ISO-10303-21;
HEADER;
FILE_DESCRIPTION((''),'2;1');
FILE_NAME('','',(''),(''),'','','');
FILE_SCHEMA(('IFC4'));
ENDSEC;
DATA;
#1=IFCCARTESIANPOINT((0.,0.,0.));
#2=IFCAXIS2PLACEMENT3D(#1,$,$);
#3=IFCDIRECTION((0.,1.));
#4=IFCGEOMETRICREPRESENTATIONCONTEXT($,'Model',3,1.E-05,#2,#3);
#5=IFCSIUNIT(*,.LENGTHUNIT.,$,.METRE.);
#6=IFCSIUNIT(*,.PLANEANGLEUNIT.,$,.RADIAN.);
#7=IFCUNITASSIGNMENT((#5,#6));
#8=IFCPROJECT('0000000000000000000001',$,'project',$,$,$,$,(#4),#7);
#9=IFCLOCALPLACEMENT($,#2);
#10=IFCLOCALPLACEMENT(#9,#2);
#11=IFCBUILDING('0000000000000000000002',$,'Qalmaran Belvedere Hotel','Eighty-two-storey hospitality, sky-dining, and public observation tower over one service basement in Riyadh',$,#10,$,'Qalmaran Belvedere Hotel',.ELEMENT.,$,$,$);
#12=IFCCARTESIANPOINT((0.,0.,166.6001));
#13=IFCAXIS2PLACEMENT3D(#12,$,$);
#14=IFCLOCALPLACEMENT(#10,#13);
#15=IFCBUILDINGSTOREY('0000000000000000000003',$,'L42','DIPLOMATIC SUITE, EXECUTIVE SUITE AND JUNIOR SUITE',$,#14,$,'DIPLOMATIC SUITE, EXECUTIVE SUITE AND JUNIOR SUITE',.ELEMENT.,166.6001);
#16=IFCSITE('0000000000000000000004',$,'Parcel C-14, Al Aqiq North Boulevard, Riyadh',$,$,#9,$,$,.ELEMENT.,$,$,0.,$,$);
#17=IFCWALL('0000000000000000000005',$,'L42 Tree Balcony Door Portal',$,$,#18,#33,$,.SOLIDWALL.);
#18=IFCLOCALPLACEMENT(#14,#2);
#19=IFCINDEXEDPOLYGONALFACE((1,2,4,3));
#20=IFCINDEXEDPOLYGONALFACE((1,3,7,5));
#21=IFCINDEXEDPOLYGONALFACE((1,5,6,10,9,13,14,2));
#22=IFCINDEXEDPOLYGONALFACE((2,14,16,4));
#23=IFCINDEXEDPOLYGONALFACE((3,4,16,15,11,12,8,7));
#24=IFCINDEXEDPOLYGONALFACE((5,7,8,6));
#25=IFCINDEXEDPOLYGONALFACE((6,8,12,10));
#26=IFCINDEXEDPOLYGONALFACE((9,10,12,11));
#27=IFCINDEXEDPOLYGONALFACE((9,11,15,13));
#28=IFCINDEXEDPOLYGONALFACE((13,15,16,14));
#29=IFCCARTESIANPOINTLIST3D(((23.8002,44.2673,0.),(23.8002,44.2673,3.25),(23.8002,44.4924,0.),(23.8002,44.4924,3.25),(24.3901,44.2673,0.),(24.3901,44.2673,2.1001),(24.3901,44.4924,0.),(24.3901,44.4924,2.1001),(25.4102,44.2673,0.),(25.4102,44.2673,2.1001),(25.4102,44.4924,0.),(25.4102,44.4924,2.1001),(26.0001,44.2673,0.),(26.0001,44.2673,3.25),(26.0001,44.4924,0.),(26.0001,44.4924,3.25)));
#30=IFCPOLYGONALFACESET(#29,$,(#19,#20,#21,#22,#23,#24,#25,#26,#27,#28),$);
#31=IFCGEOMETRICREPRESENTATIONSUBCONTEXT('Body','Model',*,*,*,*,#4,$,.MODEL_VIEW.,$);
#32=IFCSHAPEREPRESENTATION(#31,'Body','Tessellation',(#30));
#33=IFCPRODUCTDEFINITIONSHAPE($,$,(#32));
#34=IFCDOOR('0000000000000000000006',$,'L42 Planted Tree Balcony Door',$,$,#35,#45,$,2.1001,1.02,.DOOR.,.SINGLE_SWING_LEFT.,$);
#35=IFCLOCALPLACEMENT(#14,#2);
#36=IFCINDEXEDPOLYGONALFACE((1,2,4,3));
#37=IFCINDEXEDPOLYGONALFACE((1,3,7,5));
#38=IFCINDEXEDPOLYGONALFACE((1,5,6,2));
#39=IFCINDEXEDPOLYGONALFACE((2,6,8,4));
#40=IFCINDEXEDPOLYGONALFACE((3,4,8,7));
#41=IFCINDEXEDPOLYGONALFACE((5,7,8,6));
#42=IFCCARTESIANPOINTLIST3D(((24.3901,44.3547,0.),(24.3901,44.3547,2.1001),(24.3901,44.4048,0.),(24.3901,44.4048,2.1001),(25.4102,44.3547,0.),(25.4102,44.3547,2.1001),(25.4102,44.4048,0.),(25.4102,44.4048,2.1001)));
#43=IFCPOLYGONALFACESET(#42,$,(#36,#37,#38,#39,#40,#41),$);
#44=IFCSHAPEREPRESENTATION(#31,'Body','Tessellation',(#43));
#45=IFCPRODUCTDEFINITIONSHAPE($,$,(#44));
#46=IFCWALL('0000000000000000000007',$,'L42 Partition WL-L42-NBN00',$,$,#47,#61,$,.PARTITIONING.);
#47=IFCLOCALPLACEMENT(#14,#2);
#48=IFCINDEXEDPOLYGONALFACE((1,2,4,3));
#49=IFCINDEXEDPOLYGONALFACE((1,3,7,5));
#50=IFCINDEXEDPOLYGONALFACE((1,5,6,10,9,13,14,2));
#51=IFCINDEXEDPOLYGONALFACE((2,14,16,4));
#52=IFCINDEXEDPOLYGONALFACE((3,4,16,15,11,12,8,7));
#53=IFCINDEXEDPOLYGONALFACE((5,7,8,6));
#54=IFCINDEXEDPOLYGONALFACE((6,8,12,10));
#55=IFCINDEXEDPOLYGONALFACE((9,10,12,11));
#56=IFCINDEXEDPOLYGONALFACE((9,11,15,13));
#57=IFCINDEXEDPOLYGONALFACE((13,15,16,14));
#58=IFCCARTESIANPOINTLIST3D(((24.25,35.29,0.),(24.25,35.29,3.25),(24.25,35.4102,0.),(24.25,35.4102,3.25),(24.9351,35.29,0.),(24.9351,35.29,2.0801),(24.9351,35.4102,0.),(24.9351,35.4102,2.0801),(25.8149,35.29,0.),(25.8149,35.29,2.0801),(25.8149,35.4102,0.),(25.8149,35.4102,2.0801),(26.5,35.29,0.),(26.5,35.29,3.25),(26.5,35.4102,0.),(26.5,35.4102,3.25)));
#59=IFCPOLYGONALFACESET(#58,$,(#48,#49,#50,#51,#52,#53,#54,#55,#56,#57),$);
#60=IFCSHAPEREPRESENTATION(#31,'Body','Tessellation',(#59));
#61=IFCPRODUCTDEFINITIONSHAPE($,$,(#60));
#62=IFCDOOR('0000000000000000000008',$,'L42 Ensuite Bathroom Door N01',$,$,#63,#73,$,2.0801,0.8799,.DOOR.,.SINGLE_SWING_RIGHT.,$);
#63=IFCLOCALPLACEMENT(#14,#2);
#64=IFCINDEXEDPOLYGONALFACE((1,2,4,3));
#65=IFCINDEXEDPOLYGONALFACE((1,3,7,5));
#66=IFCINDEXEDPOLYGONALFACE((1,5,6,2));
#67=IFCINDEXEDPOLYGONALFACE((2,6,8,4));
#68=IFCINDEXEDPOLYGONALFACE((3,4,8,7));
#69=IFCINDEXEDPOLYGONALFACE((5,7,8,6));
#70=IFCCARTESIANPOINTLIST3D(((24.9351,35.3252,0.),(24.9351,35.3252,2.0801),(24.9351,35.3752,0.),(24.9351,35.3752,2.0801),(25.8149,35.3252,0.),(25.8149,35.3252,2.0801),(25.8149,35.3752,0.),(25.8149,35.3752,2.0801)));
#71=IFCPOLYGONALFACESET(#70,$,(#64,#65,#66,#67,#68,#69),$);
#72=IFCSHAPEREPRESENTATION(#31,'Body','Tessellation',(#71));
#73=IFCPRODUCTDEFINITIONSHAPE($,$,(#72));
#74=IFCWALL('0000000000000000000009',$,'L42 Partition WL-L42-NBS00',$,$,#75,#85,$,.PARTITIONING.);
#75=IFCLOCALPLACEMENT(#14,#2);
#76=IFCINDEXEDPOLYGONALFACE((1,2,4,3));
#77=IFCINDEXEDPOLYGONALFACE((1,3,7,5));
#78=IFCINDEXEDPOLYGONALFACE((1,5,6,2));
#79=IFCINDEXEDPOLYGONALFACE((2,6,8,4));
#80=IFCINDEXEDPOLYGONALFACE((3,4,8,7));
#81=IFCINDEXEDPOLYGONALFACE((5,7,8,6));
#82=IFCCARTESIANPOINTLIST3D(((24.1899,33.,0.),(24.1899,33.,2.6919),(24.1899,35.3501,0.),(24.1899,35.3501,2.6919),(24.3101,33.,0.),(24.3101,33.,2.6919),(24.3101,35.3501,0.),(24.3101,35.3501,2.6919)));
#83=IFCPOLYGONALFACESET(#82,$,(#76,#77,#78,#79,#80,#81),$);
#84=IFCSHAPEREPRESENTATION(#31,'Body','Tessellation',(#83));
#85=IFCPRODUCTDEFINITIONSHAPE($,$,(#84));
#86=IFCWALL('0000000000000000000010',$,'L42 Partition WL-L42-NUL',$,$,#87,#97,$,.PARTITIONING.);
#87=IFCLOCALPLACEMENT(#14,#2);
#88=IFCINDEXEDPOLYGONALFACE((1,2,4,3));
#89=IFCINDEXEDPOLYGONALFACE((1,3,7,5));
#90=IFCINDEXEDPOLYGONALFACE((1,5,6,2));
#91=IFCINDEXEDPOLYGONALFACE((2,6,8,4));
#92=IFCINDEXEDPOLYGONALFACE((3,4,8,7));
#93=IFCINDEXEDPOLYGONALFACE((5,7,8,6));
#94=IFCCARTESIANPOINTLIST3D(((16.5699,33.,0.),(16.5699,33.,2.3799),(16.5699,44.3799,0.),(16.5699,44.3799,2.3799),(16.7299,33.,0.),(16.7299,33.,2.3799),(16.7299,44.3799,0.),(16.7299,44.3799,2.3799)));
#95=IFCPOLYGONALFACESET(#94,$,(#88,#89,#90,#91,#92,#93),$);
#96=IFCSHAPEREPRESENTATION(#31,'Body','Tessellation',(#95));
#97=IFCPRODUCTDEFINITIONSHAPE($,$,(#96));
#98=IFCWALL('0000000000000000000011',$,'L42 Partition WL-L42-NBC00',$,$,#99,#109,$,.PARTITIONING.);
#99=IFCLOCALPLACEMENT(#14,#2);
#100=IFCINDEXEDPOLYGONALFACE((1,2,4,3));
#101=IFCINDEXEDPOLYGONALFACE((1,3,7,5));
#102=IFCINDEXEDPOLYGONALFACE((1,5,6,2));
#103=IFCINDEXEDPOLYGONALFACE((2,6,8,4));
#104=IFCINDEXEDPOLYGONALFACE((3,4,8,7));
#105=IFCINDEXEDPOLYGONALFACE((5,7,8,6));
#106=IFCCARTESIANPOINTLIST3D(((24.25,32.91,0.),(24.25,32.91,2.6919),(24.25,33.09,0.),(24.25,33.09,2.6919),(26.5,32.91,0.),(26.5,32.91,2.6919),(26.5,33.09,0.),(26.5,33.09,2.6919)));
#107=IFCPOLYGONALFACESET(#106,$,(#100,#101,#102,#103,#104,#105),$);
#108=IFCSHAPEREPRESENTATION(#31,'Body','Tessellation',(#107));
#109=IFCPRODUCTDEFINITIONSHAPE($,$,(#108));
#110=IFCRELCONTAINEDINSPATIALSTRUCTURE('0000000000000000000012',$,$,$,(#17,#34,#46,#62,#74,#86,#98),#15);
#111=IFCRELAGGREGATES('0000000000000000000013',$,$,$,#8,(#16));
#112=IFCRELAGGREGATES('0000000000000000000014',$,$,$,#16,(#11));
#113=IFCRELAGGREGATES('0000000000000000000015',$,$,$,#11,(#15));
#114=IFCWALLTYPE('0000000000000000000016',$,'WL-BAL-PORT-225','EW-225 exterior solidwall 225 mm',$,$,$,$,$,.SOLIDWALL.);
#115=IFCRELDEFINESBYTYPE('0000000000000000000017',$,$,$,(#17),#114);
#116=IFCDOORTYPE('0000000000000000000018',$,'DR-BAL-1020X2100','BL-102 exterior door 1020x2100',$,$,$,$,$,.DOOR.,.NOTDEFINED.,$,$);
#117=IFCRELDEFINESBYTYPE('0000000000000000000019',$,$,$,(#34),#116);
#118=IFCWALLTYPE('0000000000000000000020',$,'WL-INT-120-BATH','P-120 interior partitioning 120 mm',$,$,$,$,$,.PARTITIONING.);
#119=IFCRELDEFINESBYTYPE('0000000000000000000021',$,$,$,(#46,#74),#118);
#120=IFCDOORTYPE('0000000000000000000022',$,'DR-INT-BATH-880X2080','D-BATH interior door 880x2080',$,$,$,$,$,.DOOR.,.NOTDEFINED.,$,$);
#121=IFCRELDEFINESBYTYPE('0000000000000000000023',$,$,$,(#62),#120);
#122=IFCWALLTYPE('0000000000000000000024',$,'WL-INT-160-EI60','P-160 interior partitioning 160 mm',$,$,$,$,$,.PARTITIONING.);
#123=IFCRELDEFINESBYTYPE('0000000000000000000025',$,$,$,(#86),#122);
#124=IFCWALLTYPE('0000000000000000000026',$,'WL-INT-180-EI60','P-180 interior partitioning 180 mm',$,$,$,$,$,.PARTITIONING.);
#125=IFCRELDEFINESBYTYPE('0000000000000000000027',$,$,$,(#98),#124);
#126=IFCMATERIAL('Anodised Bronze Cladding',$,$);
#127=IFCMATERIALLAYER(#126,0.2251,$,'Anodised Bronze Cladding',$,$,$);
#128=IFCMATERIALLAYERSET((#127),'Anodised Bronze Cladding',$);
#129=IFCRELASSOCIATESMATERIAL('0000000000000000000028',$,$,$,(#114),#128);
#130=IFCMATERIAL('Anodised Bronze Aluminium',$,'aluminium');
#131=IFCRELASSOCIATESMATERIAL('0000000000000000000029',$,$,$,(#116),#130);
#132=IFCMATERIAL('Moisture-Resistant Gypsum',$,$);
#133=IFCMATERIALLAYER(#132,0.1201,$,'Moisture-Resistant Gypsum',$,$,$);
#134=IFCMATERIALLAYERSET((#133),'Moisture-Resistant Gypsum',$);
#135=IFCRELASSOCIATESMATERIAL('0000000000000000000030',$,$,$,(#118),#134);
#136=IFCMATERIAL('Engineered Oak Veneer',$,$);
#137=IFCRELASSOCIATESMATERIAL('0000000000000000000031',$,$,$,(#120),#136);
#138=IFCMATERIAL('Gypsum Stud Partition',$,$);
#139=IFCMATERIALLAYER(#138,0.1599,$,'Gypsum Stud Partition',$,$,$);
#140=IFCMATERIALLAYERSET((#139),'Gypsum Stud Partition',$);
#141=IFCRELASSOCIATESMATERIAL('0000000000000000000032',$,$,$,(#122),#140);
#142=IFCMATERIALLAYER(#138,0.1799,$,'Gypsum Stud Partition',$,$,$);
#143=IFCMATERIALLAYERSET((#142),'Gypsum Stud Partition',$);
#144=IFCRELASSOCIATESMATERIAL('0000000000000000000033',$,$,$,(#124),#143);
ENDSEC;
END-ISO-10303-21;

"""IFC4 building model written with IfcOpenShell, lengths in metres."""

from ifc_helpers import new_model, si_unit, direction, frame, frame_2d, origin, place, context, subcontext, project, spatial, rectangle, extrude, material, layer, layer_set, type_object, element, fill, save


model = new_model("IFC4")

# Units and contexts
model_context = context("Model", 3, precision=1e-05, world=origin(), true_north=direction((0.0, 1.0)))
body_context = subcontext(model_context, "Body", "Model", "MODEL_VIEW")
ifc_project = project(units=[si_unit("LENGTHUNIT", "METRE"), si_unit("PLANEANGLEUNIT", "RADIAN")], contexts=[model_context])

# Site, building, storey
site_placement = place(None, origin())
site = spatial("IfcSite", under=ifc_project, at=site_placement, Name="Parcel C-14, Al Aqiq North Boulevard, Riyadh", CompositionType="ELEMENT", RefElevation=0.0)
building_placement = place(site_placement, origin())
building = spatial("IfcBuilding", under=site, at=building_placement, Name="Qalmaran Belvedere Hotel", Description="Eighty-two-storey hospitality, sky-dining, and public observation tower over one service basement in Riyadh", LongName="Qalmaran Belvedere Hotel", CompositionType="ELEMENT")
storey_placement = place(building_placement, frame((0.0, 0.0, 166.6001)))
storey = spatial("IfcBuildingStorey", under=building, at=storey_placement, Name="L42", Description="DIPLOMATIC SUITE, EXECUTIVE SUITE AND JUNIOR SUITE", LongName="DIPLOMATIC SUITE, EXECUTIVE SUITE AND JUNIOR SUITE", CompositionType="ELEMENT", Elevation=166.6001)

# Shared definitions
ifc_material_1 = material(Name="Anodised Bronze Aluminium", Category="aluminium")

# Walls, openings, doors
ifc_material_2 = material(Name="Anodised Bronze Cladding")
ifc_layer_1 = layer(ifc_material_2, 0.2251, Name="Anodised Bronze Cladding")
ifc_layer_set_1 = layer_set([ifc_layer_1], Name="Anodised Bronze Cladding")
wall_type_1 = type_object("IfcWallType", Name="WL-BAL-PORT-225", Description="EW-225 exterior solidwall 225 mm", PredefinedType="SOLIDWALL", material=ifc_layer_set_1)
wall_1_placement = place(storey_placement, frame((23.8, 44.3799, 0.0), z_axis=(0.0, 0.0, 1.0), x_axis=(1.0, 0.0, 0.0)))
wall_1 = element("IfcWall", 1, at=wall_1_placement, inside=storey, type_object=wall_type_1, Name="L42 Tree Balcony Door Portal", PredefinedType="SOLIDWALL", context=body_context, shape_type="SweptSolid", body=[
    extrude(rectangle(XDim=2.2, YDim=0.2251, at=frame_2d((1.1001, 0.0))), origin(), (0.0, 0.0, 1.0), 3.25),
])
opening_1_placement = place(wall_1_placement, frame((0.5901, 0.0, 0.0)))
opening_1 = element("IfcOpeningElement", 2, at=opening_1_placement, cuts=wall_1, PredefinedType="OPENING", context=body_context, shape_type="SweptSolid", body=[
    extrude(rectangle(XDim=1.02, YDim=2.1001, at=frame_2d((0.51, 1.05))), frame((0.0, 0.1226, 0.0), z_axis=(0.0, -1.0, 0.0), x_axis=(1.0, 0.0, 0.0)), (0.0, 0.0, 1.0), 0.2451),
])
door_type_1 = type_object("IfcDoorType", Name="DR-BAL-1020X2100", Description="BL-102 exterior door 1020x2100", OperationType="NOTDEFINED", PredefinedType="DOOR", material=ifc_material_1)
door_1_placement = place(opening_1_placement, origin())
door_1 = element("IfcDoor", 3, at=door_1_placement, inside=storey, type_object=door_type_1, Name="L42 Planted Tree Balcony Door", OperationType="SINGLE_SWING_LEFT", OverallHeight=2.1001, OverallWidth=1.02, PredefinedType="DOOR", context=body_context, shape_type="SweptSolid", body=[
    extrude(rectangle(XDim=1.02, YDim=2.1001, at=frame_2d((0.51, 1.05))), frame((0.0, 0.0249, 0.0), z_axis=(0.0, -1.0, 0.0), x_axis=(1.0, 0.0, 0.0)), (0.0, 0.0, 1.0), 0.05),
])
fill(opening_1, door_1)
ifc_material_3 = material(Name="Moisture-Resistant Gypsum")
ifc_layer_2 = layer(ifc_material_3, 0.1201, Name="Moisture-Resistant Gypsum")
ifc_layer_set_2 = layer_set([ifc_layer_2], Name="Moisture-Resistant Gypsum")
wall_type_2 = type_object("IfcWallType", Name="WL-INT-120-BATH", Description="P-120 interior partitioning 120 mm", PredefinedType="PARTITIONING", material=ifc_layer_set_2)
wall_2_placement = place(storey_placement, frame((24.25, 35.3501, 0.0), z_axis=(0.0, 0.0, 1.0), x_axis=(1.0, 0.0, 0.0)))
wall_2 = element("IfcWall", 4, at=wall_2_placement, inside=storey, type_object=wall_type_2, Name="L42 Partition WL-L42-NBN00", PredefinedType="PARTITIONING", context=body_context, shape_type="SweptSolid", body=[
    extrude(rectangle(XDim=2.25, YDim=0.1201, at=frame_2d((1.125, 0.0))), origin(), (0.0, 0.0, 1.0), 3.25),
])
opening_2_placement = place(wall_2_placement, frame((1.5649, 0.0, 0.0), z_axis=(0.0, 0.0, 1.0), x_axis=(-1.0, 0.0, 0.0)))
opening_2 = element("IfcOpeningElement", 5, at=opening_2_placement, cuts=wall_2, PredefinedType="OPENING", context=body_context, shape_type="SweptSolid", body=[
    extrude(rectangle(XDim=0.8799, YDim=2.0801, at=frame_2d((0.4399, 1.04))), frame((0.0, 0.0701, 0.0), z_axis=(0.0, -1.0, 0.0), x_axis=(1.0, 0.0, 0.0)), (0.0, 0.0, 1.0), 0.1401),
])
ifc_material_4 = material(Name="Engineered Oak Veneer")
door_type_2 = type_object("IfcDoorType", Name="DR-INT-BATH-880X2080", Description="D-BATH interior door 880x2080", OperationType="NOTDEFINED", PredefinedType="DOOR", material=ifc_material_4)
door_2_placement = place(opening_2_placement, origin())
door_2 = element("IfcDoor", 6, at=door_2_placement, inside=storey, type_object=door_type_2, Name="L42 Ensuite Bathroom Door N01", OperationType="SINGLE_SWING_RIGHT", OverallHeight=2.0801, OverallWidth=0.8799, PredefinedType="DOOR", context=body_context, shape_type="SweptSolid", body=[
    extrude(rectangle(XDim=0.8799, YDim=2.0801, at=frame_2d((0.4399, 1.04))), frame((0.0, 0.0249, 0.0), z_axis=(0.0, -1.0, 0.0), x_axis=(1.0, 0.0, 0.0)), (0.0, 0.0, 1.0), 0.05),
])
fill(opening_2, door_2)

# Walls
wall_3_placement = place(storey_placement, frame((24.25, 33.0, 0.0), z_axis=(0.0, 0.0, 1.0), x_axis=(0.0, 1.0, 0.0)))
element("IfcWall", 7, at=wall_3_placement, inside=storey, type_object=wall_type_2, Name="L42 Partition WL-L42-NBS00", PredefinedType="PARTITIONING", context=body_context, shape_type="SweptSolid", body=[
    extrude(rectangle(XDim=2.3501, YDim=0.1201, at=frame_2d((1.175, 0.0))), origin(), (0.0, 0.0, 1.0), 2.6919),
])
ifc_material_5 = material(Name="Gypsum Stud Partition")
ifc_layer_3 = layer(ifc_material_5, 0.1599, Name="Gypsum Stud Partition")
ifc_layer_set_3 = layer_set([ifc_layer_3], Name="Gypsum Stud Partition")
wall_type_3 = type_object("IfcWallType", Name="WL-INT-160-EI60", Description="P-160 interior partitioning 160 mm", PredefinedType="PARTITIONING", material=ifc_layer_set_3)
wall_4_placement = place(storey_placement, frame((16.6499, 33.0, 0.0), z_axis=(0.0, 0.0, 1.0), x_axis=(0.0, 1.0, 0.0)))
element("IfcWall", 8, at=wall_4_placement, inside=storey, type_object=wall_type_3, Name="L42 Partition WL-L42-NUL", PredefinedType="PARTITIONING", context=body_context, shape_type="SweptSolid", body=[
    extrude(rectangle(XDim=11.3799, YDim=0.1599, at=frame_2d((5.6899, 0.0))), origin(), (0.0, 0.0, 1.0), 2.3799),
])
ifc_layer_4 = layer(ifc_material_5, 0.1799, Name="Gypsum Stud Partition")
ifc_layer_set_4 = layer_set([ifc_layer_4], Name="Gypsum Stud Partition")
wall_type_4 = type_object("IfcWallType", Name="WL-INT-180-EI60", Description="P-180 interior partitioning 180 mm", PredefinedType="PARTITIONING", material=ifc_layer_set_4)
wall_5_placement = place(storey_placement, frame((24.25, 33.0, 0.0), z_axis=(0.0, 0.0, 1.0), x_axis=(1.0, 0.0, 0.0)))
element("IfcWall", 9, at=wall_5_placement, inside=storey, type_object=wall_type_4, Name="L42 Partition WL-L42-NBC00", PredefinedType="PARTITIONING", context=body_context, shape_type="SweptSolid", body=[
    extrude(rectangle(XDim=2.25, YDim=0.1799, at=frame_2d((1.125, 0.0))), origin(), (0.0, 0.0, 1.0), 2.6919),
])

save(model, "model.ifc")
